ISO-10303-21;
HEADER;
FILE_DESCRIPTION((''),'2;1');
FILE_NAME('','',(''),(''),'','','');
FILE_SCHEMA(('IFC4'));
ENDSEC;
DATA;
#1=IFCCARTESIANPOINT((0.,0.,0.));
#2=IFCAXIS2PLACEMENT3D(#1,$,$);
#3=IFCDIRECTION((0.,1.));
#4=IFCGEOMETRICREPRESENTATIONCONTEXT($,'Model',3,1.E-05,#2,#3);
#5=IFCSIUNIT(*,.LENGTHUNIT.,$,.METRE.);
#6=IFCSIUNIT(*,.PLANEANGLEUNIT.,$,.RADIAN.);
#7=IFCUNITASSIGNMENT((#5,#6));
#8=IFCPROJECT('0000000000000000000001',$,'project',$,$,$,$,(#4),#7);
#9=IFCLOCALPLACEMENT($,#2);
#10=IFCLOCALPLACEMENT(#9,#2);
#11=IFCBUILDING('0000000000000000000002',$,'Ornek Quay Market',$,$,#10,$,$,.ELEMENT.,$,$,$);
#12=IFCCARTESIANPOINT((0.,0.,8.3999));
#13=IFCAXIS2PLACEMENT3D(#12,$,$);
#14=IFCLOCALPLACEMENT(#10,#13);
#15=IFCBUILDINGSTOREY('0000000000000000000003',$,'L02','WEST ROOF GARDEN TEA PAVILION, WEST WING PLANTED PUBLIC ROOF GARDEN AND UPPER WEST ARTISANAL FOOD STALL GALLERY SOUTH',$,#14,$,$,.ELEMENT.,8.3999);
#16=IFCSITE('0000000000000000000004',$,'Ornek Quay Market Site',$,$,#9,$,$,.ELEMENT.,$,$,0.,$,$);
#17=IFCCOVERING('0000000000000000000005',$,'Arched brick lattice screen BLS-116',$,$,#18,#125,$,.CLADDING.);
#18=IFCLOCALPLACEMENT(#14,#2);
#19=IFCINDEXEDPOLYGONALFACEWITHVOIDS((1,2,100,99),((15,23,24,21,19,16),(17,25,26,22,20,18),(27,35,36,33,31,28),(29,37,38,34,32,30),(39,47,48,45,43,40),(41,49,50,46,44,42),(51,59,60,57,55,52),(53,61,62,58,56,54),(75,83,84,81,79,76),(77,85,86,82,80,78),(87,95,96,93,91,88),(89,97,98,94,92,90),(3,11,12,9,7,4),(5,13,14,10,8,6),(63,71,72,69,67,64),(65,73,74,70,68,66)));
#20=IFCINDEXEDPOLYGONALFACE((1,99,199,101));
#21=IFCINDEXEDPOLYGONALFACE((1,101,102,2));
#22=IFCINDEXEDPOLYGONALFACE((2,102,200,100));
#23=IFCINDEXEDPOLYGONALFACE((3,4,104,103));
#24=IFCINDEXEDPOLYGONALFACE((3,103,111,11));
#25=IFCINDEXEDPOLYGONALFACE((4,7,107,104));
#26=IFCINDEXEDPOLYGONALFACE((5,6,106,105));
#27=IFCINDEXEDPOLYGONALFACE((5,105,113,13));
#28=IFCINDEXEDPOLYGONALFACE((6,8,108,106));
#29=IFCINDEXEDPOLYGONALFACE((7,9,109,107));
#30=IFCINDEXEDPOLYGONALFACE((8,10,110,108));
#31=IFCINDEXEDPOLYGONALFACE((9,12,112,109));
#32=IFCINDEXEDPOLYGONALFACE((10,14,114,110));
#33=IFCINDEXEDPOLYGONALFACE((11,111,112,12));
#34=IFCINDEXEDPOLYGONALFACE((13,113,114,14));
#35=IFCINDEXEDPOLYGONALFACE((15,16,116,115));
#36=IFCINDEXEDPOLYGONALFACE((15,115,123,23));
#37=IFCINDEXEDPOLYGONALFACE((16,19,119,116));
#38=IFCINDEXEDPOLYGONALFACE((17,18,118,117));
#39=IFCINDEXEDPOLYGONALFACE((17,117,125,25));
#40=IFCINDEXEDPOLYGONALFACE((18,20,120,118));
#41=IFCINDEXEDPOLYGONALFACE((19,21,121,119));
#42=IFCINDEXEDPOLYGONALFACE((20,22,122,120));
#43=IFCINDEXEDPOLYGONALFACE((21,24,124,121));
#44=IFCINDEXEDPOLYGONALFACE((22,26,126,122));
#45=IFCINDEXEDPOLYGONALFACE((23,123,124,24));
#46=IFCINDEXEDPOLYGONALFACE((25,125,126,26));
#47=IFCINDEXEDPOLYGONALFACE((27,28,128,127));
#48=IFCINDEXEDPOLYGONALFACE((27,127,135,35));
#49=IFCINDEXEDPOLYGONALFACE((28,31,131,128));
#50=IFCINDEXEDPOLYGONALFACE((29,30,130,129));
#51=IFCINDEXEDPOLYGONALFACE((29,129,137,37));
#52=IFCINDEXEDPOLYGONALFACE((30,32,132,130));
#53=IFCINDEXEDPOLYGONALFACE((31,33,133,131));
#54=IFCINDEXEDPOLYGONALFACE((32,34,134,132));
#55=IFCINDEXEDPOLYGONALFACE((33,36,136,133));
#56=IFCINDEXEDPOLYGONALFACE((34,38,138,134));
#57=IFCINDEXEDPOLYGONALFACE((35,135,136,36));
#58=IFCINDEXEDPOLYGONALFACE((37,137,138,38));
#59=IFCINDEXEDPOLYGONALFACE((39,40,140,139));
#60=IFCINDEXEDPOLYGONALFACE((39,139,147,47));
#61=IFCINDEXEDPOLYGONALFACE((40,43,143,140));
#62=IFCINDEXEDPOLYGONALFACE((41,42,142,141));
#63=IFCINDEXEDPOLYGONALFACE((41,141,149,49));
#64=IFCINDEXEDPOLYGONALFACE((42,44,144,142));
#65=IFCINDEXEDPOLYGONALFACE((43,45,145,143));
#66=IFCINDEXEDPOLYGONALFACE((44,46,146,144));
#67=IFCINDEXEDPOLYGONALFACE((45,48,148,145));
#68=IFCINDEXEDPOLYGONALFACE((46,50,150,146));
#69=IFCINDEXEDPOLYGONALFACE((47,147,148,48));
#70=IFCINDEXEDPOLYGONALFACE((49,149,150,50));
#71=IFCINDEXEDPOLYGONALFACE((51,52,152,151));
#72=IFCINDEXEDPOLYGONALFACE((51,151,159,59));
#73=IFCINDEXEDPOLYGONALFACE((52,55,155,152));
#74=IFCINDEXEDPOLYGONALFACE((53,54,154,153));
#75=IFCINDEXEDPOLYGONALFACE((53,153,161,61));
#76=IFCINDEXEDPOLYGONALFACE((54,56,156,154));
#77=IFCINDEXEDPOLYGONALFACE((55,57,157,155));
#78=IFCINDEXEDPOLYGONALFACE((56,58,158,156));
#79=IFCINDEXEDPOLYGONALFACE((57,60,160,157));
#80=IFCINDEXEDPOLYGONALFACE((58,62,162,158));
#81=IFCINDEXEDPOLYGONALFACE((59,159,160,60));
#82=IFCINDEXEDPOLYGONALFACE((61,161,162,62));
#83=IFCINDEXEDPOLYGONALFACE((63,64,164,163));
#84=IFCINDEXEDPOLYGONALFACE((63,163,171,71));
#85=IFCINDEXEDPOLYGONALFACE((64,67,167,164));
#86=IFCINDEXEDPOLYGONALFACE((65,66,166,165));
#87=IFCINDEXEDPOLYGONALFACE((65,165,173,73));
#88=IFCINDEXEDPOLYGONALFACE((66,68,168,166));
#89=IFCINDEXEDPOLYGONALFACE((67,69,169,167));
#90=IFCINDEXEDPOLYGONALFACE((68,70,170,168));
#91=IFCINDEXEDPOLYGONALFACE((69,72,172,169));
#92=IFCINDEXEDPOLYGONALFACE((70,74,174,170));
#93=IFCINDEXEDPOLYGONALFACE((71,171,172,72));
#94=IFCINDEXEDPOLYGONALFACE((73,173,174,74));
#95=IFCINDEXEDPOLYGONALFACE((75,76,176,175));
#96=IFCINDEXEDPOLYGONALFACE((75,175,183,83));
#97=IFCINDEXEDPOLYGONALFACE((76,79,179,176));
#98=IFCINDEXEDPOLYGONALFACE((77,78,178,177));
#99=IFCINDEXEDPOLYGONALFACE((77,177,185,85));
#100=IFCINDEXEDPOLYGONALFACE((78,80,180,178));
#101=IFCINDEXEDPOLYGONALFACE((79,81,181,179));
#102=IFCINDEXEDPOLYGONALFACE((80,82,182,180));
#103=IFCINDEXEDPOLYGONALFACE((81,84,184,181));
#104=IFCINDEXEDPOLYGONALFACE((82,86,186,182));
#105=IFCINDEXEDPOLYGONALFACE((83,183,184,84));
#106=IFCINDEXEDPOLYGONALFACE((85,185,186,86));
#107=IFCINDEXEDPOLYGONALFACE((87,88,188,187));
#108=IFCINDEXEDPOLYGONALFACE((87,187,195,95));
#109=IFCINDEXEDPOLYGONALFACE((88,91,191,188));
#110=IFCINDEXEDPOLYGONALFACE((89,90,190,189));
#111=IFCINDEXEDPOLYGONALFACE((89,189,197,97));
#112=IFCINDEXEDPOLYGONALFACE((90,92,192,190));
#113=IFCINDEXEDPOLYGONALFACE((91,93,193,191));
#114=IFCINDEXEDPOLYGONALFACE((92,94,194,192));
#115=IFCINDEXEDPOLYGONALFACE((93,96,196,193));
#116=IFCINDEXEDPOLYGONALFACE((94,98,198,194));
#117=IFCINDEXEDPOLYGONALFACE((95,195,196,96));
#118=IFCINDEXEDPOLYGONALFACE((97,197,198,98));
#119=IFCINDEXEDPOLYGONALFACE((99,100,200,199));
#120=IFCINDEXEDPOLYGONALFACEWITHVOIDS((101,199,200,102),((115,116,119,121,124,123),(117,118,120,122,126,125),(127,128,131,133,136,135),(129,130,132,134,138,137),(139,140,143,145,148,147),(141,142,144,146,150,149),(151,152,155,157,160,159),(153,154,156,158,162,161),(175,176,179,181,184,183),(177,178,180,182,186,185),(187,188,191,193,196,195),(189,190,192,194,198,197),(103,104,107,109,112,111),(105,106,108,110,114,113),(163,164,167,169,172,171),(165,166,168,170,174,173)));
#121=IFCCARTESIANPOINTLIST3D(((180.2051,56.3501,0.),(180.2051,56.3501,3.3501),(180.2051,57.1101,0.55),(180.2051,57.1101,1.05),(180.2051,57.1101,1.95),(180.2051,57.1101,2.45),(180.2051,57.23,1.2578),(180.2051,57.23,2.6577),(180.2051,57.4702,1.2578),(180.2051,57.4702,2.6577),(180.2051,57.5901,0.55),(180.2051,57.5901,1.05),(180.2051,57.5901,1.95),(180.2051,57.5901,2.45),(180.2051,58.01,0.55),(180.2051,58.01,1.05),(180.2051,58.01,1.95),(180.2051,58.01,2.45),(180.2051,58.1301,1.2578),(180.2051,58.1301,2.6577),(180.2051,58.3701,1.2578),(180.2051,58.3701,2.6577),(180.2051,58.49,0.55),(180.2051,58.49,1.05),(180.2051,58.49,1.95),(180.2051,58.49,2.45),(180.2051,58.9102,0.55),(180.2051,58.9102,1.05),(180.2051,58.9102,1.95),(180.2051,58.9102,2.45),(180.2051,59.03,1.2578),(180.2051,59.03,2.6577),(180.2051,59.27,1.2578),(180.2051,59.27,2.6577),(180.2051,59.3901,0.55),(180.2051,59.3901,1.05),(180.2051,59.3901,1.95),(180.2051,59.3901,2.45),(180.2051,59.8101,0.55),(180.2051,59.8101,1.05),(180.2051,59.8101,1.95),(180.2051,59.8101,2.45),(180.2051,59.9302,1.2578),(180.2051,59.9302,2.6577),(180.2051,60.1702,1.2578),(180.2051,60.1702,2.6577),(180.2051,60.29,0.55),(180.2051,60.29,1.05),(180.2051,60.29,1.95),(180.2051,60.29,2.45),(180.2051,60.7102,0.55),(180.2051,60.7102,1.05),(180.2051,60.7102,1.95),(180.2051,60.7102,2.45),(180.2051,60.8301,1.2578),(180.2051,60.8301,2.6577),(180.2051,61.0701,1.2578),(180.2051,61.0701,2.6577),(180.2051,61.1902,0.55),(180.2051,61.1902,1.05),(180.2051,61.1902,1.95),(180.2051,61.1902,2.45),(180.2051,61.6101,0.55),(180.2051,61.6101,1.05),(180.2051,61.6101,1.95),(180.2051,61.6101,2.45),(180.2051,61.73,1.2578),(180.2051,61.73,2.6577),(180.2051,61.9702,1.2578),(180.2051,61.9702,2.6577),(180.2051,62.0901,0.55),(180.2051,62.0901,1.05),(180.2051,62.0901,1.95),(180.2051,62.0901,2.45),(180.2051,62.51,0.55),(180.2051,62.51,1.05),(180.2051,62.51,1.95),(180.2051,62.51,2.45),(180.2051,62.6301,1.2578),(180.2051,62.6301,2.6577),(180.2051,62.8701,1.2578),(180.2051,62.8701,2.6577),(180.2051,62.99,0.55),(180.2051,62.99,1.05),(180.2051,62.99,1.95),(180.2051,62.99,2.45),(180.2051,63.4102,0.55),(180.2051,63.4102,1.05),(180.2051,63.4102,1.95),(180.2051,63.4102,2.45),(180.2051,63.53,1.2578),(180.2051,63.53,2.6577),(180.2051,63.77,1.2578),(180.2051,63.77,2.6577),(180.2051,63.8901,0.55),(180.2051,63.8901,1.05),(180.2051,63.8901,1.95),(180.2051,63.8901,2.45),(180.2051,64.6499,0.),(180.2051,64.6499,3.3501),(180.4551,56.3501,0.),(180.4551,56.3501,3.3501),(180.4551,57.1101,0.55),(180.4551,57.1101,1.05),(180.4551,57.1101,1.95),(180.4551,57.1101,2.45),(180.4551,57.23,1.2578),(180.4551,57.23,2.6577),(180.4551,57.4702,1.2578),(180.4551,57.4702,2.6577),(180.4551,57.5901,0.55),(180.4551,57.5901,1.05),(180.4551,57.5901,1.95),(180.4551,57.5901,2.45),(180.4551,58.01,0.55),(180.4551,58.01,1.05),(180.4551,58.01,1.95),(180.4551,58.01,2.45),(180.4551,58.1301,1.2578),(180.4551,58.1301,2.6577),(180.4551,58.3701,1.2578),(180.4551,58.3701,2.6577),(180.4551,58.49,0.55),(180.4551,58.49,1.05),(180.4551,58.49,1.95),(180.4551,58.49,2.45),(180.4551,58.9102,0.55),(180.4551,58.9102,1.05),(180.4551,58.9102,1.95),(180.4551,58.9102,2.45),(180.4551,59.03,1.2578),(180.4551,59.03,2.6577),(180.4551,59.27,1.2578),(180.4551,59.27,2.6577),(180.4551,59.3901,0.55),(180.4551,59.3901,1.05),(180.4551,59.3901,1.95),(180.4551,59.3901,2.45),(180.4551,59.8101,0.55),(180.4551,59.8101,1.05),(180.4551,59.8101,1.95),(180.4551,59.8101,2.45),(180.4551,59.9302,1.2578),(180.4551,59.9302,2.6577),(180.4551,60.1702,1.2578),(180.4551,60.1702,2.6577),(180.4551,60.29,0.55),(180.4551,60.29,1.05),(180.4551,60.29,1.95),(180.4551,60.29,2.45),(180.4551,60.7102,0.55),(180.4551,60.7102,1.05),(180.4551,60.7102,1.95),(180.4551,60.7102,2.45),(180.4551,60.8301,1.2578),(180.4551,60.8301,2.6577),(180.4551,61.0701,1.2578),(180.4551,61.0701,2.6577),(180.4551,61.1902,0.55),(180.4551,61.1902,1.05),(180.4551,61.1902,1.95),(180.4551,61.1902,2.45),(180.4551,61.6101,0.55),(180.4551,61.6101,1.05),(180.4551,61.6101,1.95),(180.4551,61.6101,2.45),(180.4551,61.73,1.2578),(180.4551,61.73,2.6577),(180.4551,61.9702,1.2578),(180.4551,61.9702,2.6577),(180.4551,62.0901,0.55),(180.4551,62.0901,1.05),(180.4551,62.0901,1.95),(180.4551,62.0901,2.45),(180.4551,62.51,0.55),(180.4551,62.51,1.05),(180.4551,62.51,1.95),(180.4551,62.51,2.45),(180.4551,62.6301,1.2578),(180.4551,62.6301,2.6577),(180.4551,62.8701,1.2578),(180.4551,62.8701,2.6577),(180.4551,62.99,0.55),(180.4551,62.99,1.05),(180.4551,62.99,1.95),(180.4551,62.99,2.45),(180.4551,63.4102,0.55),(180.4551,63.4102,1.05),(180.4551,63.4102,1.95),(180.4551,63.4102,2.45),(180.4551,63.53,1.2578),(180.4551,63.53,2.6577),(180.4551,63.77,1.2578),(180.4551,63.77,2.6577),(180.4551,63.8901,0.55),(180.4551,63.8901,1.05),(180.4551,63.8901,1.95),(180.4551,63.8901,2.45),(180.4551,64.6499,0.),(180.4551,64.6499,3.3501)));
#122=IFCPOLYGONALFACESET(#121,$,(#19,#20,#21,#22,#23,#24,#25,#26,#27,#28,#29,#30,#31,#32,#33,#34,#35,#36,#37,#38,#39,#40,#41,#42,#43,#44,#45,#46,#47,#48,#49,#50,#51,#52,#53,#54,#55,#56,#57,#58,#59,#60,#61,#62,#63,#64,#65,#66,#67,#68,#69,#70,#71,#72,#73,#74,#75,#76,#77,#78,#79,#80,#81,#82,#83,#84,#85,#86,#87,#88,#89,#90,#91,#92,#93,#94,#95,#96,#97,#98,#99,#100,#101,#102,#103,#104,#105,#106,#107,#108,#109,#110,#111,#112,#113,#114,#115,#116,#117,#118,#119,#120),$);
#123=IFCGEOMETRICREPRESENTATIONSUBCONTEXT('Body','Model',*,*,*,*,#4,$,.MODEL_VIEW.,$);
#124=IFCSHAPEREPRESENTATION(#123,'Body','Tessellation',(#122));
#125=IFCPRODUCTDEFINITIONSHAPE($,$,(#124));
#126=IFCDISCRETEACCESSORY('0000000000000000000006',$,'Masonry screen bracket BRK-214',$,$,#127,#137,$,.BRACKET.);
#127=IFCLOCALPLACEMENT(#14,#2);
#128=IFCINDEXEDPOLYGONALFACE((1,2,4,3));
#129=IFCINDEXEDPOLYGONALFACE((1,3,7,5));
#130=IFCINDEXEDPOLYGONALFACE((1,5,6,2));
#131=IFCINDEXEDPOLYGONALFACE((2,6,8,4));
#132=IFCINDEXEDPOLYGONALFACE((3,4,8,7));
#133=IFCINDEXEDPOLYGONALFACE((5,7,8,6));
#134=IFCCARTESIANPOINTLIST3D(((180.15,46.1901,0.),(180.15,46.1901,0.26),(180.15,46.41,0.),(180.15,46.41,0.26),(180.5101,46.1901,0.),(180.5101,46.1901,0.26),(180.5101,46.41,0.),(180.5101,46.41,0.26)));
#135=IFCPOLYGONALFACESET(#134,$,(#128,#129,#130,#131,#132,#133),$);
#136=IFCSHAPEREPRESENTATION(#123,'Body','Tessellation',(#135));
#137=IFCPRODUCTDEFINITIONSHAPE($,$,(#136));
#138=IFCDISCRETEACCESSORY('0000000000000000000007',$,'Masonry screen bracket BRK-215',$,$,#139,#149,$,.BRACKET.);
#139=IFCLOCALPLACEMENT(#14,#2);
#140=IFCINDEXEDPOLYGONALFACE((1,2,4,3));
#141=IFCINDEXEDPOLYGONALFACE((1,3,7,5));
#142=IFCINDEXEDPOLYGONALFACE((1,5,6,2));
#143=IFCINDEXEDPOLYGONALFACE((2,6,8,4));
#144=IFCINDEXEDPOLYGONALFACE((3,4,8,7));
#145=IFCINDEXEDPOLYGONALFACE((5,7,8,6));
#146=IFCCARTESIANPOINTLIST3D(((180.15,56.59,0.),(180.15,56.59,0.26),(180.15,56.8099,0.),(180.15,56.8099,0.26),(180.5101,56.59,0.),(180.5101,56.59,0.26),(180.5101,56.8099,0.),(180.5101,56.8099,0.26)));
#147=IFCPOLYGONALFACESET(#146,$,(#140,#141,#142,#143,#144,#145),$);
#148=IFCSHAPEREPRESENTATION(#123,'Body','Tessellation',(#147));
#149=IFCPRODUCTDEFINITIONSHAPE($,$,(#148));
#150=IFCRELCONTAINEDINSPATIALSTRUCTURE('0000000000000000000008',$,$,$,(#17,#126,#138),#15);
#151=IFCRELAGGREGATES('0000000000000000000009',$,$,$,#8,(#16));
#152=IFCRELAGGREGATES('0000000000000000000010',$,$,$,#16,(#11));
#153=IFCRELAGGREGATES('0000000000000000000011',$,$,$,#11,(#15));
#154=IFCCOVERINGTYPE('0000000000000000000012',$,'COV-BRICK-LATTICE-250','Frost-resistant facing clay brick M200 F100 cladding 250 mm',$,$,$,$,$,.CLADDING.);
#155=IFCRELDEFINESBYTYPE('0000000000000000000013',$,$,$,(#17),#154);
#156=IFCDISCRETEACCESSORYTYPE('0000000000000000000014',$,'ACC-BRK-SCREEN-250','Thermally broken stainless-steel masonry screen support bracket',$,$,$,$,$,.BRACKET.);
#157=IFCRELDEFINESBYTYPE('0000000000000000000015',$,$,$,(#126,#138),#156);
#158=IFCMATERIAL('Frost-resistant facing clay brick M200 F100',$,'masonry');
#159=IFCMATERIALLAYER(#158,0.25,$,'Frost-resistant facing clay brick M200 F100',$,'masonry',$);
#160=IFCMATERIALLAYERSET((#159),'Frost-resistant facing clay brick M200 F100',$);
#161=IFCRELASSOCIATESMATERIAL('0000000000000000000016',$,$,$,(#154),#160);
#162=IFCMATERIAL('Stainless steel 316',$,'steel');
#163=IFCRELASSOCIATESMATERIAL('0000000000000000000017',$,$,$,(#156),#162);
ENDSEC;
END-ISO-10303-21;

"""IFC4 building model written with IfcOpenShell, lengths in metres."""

from ifc_helpers import new_model, si_unit, direction, frame, origin, origin_2d, place, context, subcontext, project, spatial, polyline, rectangle, outline, extrude, material, layer, layer_set, type_object, element, save


model = new_model("IFC4")

# Units and contexts
model_context = context("Model", 3, precision=1e-05, world=origin(), true_north=direction((0.0, 1.0)))
body_context = subcontext(model_context, "Body", "Model", "MODEL_VIEW")
ifc_project = project(units=[si_unit("LENGTHUNIT", "METRE"), si_unit("PLANEANGLEUNIT", "RADIAN")], contexts=[model_context])

# Site, building, storey
site_placement = place(None, origin())
site = spatial("IfcSite", under=ifc_project, at=site_placement, Name="Ornek Quay Market Site", CompositionType="ELEMENT", RefElevation=0.0)
building_placement = place(site_placement, origin())
building = spatial("IfcBuilding", under=site, at=building_placement, Name="Ornek Quay Market", CompositionType="ELEMENT")
storey_placement = place(building_placement, frame((0.0, 0.0, 8.3999)))
storey = spatial("IfcBuildingStorey", under=building, at=storey_placement, Name="L02", Description="WEST ROOF GARDEN TEA PAVILION, WEST WING PLANTED PUBLIC ROOF GARDEN AND UPPER WEST ARTISANAL FOOD STALL GALLERY SOUTH", CompositionType="ELEMENT", Elevation=8.3999)

# Shared definitions
ifc_material_1 = material(Name="Frost-resistant facing clay brick M200 F100", Category="masonry")

# Covering
ifc_layer_1 = layer(ifc_material_1, 0.25, Name="Frost-resistant facing clay brick M200 F100", Category="masonry")
ifc_layer_set_1 = layer_set([ifc_layer_1], Name="Frost-resistant facing clay brick M200 F100")
covering_type = type_object("IfcCoveringType", Name="COV-BRICK-LATTICE-250", Description="Frost-resistant facing clay brick M200 F100 cladding 250 mm", PredefinedType="CLADDING", material=ifc_layer_set_1)
covering_placement = place(storey_placement, frame((180.3301, 56.3501, 0.0), z_axis=(0.0, 0.0, 1.0), x_axis=(0.0, 1.0, 0.0)))
element("IfcCovering", 1, at=covering_placement, inside=storey, type_object=covering_type, Name="Arched brick lattice screen BLS-116", PredefinedType="CLADDING", context=body_context, shape_type="SweptSolid", body=[
    extrude(outline(polyline([(0.0, 0.0), (8.2998, 0.0), (8.2998, 3.3501), (0.0, 3.3501), (0.0, 0.0)]), holes=[polyline([(0.76, 0.55), (1.24, 0.55), (1.24, 1.05), (1.1201, 1.2578), (0.8799, 1.2578), (0.76, 1.05), (0.76, 0.55)]), polyline([(0.76, 1.95), (1.24, 1.95), (1.24, 2.45), (1.1201, 2.6577), (0.8799, 2.6577), (0.76, 2.45), (0.76, 1.95)]), polyline([(1.6599, 0.55), (2.1399, 0.55), (2.1399, 1.05), (2.02, 1.2578), (1.78, 1.2578), (1.6599, 1.05), (1.6599, 0.55)]), polyline([(1.6599, 1.95), (2.1399, 1.95), (2.1399, 2.45), (2.02, 2.6577), (1.78, 2.6577), (1.6599, 2.45), (1.6599, 1.95)]), polyline([(2.5601, 0.55), (3.04, 0.55), (3.04, 1.05), (2.9199, 1.2578), (2.6799, 1.2578), (2.5601, 1.05), (2.5601, 0.55)]), polyline([(2.5601, 1.95), (3.04, 1.95), (3.04, 2.45), (2.9199, 2.6577), (2.6799, 2.6577), (2.5601, 2.45), (2.5601, 1.95)]), polyline([(3.46, 0.55), (3.9399, 0.55), (3.9399, 1.05), (3.8201, 1.2578), (3.5801, 1.2578), (3.46, 1.05), (3.46, 0.55)]), polyline([(3.46, 1.95), (3.9399, 1.95), (3.9399, 2.45), (3.8201, 2.6577), (3.5801, 2.6577), (3.46, 2.45), (3.46, 1.95)]), polyline([(4.3601, 0.55), (4.8401, 0.55), (4.8401, 1.05), (4.72, 1.2578), (4.48, 1.2578), (4.3601, 1.05), (4.3601, 0.55)]), polyline([(4.3601, 1.95), (4.8401, 1.95), (4.8401, 2.45), (4.72, 2.6577), (4.48, 2.6577), (4.3601, 2.45), (4.3601, 1.95)]), polyline([(5.26, 0.55), (5.74, 0.55), (5.74, 1.05), (5.6201, 1.2578), (5.3799, 1.2578), (5.26, 1.05), (5.26, 0.55)]), polyline([(5.26, 1.95), (5.74, 1.95), (5.74, 2.45), (5.6201, 2.6577), (5.3799, 2.6577), (5.26, 2.45), (5.26, 1.95)]), polyline([(6.1599, 0.55), (6.6399, 0.55), (6.6399, 1.05), (6.52, 1.2578), (6.28, 1.2578), (6.1599, 1.05), (6.1599, 0.55)]), polyline([(6.1599, 1.95), (6.6399, 1.95), (6.6399, 2.45), (6.52, 2.6577), (6.28, 2.6577), (6.1599, 2.45), (6.1599, 1.95)]), polyline([(7.0601, 0.55), (7.54, 0.55), (7.54, 1.05), (7.4199, 1.2578), (7.1799, 1.2578), (7.0601, 1.05), (7.0601, 0.55)]), polyline([(7.0601, 1.95), (7.54, 1.95), (7.54, 2.45), (7.4199, 2.6577), (7.1799, 2.6577), (7.0601, 2.45), (7.0601, 1.95)])]), frame((0.0, 0.125, 0.0), z_axis=(0.0, -1.0, 0.0), x_axis=(1.0, 0.0, 0.0)), (0.0, 0.0, 1.0), 0.25),
])

# Discrete accessories
ifc_material_2 = material(Name="Stainless steel 316", Category="steel")
discrete_accessory_type = type_object("IfcDiscreteAccessoryType", Name="ACC-BRK-SCREEN-250", Description="Thermally broken stainless-steel masonry screen support bracket", PredefinedType="BRACKET", material=ifc_material_2)
for number, where, z_axis, x_axis, name in (
    (2, (180.3301, 46.3, 0.0), (0.0, 0.0, 1.0), (0.0, 1.0, 0.0), "Masonry screen bracket BRK-214"),
    (3, (180.3301, 56.7, 0.0), (0.0, 0.0, 1.0), (0.0, 1.0, 0.0), "Masonry screen bracket BRK-215"),
):
    element("IfcDiscreteAccessory", number, at=place(storey_placement, frame(where, z_axis=z_axis, x_axis=x_axis)), inside=storey, type_object=discrete_accessory_type, Name=name, PredefinedType="BRACKET", context=body_context, shape_type="SweptSolid", body=[
        extrude(rectangle(XDim=0.22, YDim=0.3601, at=origin_2d()), origin(), (0.0, 0.0, 1.0), 0.26),
    ])

save(model, "model.ifc")
